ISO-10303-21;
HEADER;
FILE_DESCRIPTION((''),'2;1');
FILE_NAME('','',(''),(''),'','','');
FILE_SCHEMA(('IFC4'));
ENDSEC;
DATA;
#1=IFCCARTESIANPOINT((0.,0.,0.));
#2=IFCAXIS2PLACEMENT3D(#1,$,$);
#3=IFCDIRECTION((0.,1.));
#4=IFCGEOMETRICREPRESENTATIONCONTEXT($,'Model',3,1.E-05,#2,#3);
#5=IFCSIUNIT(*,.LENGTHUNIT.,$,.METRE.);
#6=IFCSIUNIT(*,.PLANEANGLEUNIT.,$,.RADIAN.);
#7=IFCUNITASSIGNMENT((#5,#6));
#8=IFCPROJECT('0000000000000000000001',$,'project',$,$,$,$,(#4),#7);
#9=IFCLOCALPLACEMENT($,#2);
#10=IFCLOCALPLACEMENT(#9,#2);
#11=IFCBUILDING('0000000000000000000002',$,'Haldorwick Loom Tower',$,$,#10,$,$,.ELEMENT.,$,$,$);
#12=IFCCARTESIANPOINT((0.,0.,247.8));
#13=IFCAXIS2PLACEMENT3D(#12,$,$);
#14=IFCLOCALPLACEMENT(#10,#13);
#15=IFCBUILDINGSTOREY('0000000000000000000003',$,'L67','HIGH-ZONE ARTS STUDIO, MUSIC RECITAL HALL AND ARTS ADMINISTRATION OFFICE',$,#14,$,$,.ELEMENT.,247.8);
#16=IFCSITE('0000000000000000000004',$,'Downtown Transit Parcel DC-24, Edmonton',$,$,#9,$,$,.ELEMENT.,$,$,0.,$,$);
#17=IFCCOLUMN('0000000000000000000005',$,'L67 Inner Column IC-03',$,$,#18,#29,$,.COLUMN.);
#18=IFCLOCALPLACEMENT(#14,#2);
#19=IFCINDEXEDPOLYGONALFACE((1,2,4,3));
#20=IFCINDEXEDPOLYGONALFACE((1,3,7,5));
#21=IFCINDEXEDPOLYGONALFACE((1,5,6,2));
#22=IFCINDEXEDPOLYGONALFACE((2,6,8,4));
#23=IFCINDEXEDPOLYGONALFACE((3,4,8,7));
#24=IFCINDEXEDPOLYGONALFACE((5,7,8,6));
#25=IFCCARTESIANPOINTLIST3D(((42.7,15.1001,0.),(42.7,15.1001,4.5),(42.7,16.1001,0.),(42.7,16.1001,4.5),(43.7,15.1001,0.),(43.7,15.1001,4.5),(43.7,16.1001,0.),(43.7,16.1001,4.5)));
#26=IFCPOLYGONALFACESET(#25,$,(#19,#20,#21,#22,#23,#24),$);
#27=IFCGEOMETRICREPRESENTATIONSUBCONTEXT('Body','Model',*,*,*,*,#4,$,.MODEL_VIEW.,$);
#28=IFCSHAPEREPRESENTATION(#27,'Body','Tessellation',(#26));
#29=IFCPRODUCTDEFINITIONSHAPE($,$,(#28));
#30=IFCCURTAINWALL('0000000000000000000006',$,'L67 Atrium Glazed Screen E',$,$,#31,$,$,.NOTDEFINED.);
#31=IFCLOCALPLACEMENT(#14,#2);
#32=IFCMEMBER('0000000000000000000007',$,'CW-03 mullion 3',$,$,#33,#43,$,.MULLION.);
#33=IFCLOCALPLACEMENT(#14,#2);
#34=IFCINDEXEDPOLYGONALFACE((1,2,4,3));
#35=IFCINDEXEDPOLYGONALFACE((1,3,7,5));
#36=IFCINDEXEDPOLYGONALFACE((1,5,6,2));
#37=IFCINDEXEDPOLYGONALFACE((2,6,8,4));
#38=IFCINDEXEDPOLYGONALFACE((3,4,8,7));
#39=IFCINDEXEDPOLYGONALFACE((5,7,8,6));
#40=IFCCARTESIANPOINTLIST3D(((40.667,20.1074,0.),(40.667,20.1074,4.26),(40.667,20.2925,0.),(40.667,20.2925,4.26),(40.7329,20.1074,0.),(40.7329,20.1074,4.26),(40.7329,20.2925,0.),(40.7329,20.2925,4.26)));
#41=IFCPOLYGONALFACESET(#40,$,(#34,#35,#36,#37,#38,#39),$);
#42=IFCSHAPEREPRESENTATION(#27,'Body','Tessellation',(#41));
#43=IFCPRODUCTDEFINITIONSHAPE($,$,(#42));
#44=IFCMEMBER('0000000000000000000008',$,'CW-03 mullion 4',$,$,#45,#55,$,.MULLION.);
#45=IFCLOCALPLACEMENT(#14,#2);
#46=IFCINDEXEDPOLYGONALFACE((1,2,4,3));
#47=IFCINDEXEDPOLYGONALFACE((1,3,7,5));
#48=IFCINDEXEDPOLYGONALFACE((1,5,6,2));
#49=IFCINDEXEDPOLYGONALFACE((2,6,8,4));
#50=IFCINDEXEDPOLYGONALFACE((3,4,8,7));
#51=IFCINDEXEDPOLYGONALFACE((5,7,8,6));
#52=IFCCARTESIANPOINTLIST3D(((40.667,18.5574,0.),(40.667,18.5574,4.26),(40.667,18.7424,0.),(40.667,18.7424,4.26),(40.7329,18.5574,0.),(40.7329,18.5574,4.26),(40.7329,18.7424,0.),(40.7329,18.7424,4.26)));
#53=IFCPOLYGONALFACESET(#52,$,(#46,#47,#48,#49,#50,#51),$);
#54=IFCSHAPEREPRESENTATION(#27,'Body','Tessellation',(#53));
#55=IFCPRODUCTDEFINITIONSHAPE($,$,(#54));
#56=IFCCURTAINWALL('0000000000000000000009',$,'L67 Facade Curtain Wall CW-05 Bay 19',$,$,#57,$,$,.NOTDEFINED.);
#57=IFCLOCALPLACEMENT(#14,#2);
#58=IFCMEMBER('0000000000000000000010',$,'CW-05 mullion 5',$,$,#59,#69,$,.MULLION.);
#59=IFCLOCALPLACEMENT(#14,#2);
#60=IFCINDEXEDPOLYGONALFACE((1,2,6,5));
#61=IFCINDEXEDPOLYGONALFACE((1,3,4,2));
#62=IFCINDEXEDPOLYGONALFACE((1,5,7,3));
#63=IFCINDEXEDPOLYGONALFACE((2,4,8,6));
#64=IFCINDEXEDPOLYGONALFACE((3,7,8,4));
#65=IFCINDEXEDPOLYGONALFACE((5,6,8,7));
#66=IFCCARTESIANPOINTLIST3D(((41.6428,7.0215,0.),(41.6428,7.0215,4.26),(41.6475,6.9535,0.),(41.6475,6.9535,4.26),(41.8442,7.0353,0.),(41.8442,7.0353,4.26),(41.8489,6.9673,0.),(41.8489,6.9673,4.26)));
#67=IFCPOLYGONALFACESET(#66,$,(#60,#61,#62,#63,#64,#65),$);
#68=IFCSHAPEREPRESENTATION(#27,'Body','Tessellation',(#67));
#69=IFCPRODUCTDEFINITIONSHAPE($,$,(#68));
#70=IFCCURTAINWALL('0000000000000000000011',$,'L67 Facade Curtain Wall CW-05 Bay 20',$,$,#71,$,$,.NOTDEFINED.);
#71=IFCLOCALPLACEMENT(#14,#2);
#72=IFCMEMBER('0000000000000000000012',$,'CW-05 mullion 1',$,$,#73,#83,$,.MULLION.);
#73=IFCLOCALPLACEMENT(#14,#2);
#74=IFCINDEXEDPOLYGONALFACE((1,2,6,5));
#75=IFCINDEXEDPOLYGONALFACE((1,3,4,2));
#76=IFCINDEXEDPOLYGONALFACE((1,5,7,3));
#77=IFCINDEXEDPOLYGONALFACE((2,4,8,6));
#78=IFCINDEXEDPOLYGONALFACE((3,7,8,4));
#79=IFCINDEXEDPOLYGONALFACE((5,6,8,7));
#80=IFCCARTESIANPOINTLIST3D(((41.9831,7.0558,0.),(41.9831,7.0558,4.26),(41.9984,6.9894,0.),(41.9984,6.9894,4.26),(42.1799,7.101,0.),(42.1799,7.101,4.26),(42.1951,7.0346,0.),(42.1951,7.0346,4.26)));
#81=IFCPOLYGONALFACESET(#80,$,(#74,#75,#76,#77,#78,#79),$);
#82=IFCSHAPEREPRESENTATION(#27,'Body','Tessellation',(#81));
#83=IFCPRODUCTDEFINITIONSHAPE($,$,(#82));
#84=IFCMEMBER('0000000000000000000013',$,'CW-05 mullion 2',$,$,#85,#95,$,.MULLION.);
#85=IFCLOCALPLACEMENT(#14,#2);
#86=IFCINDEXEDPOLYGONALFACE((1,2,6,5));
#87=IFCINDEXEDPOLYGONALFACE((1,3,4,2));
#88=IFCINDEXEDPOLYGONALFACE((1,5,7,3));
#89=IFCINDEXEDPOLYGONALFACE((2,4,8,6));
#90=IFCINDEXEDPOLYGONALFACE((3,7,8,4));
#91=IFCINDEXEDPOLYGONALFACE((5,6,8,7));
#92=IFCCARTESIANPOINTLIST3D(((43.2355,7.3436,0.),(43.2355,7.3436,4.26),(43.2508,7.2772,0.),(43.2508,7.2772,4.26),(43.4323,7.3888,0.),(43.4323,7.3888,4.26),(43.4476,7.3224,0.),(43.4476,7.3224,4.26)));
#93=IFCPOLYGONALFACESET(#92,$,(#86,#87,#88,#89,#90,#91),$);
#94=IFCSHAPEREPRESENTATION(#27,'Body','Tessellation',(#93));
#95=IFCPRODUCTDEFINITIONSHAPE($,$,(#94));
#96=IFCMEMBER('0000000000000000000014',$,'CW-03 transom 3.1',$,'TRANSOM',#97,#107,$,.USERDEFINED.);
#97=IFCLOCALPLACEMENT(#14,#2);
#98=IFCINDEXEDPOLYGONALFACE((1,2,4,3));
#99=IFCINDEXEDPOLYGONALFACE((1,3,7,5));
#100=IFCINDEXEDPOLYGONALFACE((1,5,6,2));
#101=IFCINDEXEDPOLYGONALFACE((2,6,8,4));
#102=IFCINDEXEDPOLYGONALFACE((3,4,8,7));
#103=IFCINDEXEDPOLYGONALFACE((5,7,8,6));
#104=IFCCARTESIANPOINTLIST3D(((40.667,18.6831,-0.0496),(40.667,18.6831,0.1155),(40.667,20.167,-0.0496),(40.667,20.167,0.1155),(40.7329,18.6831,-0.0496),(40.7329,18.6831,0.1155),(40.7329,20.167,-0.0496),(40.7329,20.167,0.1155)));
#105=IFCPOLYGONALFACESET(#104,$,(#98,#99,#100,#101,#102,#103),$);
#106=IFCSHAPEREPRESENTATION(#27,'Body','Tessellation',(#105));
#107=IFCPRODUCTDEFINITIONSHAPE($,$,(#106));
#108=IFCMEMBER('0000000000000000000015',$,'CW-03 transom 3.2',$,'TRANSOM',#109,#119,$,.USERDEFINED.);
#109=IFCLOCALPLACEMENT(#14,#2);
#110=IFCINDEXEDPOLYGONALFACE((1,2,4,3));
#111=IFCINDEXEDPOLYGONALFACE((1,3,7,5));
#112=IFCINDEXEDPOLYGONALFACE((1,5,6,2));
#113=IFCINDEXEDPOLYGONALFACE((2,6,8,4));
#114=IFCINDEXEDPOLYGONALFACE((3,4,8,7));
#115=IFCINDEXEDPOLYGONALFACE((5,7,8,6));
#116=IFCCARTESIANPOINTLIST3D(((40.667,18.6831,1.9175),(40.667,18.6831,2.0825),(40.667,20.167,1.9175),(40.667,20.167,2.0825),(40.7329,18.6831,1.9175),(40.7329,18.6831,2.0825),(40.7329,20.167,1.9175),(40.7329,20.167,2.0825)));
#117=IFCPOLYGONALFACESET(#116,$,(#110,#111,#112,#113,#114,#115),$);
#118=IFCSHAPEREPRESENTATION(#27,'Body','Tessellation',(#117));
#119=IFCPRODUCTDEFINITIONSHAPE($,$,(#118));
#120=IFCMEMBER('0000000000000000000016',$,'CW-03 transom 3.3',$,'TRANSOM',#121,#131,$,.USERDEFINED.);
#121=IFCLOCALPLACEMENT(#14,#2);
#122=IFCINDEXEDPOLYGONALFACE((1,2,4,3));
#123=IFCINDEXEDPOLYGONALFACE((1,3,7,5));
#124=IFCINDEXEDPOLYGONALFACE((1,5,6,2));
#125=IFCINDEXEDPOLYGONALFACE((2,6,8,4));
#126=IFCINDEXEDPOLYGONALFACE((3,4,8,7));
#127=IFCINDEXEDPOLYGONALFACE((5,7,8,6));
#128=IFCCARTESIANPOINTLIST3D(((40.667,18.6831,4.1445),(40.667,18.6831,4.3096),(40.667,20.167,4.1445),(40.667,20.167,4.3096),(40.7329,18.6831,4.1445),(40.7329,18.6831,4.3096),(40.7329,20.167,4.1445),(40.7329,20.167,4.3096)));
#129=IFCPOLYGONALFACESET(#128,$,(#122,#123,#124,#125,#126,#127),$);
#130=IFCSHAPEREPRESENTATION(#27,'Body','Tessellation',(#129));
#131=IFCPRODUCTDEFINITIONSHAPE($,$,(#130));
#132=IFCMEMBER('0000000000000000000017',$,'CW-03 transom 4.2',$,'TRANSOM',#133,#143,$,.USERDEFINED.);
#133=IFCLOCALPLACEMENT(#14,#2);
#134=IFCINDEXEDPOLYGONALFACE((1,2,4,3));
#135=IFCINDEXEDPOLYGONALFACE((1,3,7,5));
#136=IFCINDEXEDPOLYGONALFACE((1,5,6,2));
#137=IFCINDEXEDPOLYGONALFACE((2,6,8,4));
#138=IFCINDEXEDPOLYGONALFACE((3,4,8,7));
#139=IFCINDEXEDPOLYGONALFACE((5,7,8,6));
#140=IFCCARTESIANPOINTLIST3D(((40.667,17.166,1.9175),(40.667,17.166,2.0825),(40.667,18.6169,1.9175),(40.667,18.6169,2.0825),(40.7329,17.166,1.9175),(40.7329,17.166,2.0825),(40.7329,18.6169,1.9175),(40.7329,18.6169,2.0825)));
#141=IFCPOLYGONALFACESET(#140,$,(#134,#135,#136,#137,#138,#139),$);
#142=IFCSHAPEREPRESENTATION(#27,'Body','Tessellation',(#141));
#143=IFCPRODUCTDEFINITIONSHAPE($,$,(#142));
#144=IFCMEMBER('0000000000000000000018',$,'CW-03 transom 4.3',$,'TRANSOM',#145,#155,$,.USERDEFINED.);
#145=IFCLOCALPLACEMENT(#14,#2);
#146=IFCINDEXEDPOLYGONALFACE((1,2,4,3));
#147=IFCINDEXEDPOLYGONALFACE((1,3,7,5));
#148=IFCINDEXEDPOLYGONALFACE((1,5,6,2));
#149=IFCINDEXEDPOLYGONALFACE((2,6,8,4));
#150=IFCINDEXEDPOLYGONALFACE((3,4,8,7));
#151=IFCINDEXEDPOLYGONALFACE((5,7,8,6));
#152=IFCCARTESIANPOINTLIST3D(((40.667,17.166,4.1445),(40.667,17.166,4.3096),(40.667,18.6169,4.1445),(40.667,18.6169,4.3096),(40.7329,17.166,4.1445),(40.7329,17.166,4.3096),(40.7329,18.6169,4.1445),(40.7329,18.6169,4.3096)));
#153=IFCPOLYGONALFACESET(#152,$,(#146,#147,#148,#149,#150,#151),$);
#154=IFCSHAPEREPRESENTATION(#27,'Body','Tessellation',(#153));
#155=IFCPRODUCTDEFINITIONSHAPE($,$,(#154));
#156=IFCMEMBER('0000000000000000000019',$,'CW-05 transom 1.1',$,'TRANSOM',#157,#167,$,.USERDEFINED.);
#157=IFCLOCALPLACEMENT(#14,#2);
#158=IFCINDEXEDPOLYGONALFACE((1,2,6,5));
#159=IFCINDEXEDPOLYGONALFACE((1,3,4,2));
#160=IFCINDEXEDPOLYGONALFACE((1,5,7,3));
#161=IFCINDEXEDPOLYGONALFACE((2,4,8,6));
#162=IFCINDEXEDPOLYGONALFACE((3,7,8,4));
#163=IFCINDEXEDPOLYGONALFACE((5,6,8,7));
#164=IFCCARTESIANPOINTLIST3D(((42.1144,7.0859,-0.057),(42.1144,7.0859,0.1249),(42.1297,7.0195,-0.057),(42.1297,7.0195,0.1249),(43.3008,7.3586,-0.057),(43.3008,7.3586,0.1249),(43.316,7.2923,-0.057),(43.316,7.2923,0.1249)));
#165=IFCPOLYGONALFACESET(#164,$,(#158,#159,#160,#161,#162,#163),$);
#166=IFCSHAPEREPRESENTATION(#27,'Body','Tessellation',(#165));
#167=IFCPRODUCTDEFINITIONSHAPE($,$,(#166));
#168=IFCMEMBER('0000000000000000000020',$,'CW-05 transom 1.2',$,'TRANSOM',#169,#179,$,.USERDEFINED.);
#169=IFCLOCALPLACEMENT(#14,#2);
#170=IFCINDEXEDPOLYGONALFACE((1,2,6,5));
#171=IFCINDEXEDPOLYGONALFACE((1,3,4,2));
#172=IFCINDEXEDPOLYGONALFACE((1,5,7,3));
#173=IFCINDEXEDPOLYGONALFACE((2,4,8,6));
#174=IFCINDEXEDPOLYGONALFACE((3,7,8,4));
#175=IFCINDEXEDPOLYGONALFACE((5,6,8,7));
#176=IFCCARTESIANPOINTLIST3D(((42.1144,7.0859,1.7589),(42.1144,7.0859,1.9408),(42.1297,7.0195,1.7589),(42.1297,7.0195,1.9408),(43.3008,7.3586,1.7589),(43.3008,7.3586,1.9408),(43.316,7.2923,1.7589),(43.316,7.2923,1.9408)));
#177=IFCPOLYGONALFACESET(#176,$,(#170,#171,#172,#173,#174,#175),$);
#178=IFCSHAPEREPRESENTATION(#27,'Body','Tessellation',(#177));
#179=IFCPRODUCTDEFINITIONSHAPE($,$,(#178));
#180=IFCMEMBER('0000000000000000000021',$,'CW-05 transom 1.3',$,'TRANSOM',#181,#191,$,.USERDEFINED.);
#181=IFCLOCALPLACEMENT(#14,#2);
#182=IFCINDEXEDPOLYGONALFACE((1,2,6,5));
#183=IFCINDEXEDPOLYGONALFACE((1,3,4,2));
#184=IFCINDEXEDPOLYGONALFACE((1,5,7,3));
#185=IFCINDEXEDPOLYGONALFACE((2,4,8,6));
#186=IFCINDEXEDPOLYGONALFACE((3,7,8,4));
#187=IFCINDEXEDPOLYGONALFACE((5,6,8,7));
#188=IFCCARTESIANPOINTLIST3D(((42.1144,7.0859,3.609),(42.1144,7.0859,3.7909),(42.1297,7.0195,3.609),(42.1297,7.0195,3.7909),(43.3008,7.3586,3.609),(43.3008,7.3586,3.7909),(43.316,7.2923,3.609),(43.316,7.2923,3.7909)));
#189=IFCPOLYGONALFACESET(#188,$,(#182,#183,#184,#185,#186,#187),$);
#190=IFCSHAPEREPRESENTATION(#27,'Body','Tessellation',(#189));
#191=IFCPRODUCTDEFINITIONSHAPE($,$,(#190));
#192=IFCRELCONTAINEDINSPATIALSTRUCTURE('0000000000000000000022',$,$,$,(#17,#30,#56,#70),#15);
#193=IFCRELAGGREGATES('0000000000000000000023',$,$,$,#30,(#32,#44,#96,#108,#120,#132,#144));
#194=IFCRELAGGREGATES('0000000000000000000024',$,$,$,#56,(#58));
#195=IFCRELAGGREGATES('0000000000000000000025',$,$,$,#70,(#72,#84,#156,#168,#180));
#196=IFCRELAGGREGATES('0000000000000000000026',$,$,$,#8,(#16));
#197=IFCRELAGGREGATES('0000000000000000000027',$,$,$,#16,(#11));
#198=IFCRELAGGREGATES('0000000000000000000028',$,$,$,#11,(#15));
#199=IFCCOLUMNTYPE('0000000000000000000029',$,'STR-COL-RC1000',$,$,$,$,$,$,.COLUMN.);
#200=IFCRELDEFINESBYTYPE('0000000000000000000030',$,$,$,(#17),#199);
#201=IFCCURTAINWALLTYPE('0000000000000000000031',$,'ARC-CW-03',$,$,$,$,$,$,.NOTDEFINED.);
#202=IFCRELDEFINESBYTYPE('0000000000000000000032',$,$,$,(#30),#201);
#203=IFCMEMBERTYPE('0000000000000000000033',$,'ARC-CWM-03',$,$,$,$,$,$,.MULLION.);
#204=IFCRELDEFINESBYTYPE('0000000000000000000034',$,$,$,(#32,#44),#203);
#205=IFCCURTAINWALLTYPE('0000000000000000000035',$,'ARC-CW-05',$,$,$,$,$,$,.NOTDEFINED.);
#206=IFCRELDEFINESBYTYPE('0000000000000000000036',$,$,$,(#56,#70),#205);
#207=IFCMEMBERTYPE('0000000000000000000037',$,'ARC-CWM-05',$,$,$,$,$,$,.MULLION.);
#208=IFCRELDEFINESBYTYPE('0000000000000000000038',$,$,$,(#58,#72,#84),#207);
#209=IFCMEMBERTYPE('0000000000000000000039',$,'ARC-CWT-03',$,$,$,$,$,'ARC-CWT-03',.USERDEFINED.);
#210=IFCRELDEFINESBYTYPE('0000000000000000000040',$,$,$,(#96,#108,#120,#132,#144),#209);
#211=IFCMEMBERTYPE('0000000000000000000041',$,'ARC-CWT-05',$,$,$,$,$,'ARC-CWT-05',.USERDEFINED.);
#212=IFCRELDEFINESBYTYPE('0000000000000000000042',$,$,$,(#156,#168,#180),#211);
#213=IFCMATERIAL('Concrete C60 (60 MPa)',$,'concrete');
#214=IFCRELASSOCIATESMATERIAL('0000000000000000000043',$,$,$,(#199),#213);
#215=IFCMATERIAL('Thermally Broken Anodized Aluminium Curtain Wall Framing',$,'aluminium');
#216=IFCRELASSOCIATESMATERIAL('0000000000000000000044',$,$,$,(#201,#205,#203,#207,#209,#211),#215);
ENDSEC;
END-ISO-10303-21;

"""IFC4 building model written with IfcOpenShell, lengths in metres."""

from ifc_helpers import new_model, si_unit, direction, frame, origin, origin_2d, place, context, subcontext, project, spatial, rectangle, extrude, material, material_profile, profile_set, type_object, element, aggregate, save


model = new_model("IFC4")

# Units and contexts
model_context = context("Model", 3, precision=1e-05, world=origin(), true_north=direction((0.0, 1.0)))
body_context = subcontext(model_context, "Body", "Model", "MODEL_VIEW")
ifc_project = project(units=[si_unit("LENGTHUNIT", "METRE"), si_unit("PLANEANGLEUNIT", "RADIAN")], contexts=[model_context])

# Site, building, storey
site_placement = place(None, origin())
site = spatial("IfcSite", under=ifc_project, at=site_placement, Name="Downtown Transit Parcel DC-24, Edmonton", CompositionType="ELEMENT", RefElevation=0.0)
building_placement = place(site_placement, origin())
building = spatial("IfcBuilding", under=site, at=building_placement, Name="Haldorwick Loom Tower", CompositionType="ELEMENT")
storey_placement = place(building_placement, frame((0.0, 0.0, 247.8)))
storey = spatial("IfcBuildingStorey", under=building, at=storey_placement, Name="L67", Description="HIGH-ZONE ARTS STUDIO, MUSIC RECITAL HALL AND ARTS ADMINISTRATION OFFICE", CompositionType="ELEMENT", Elevation=247.8)

# Column
ifc_material_1 = material(Name="Concrete C60 (60 MPa)", Category="concrete")
ifc_material_profile_1 = material_profile(ifc_material_1, rectangle(XDim=1.0, YDim=1.0, at=origin_2d()), Name="RC1000X1000", Category="concrete")
ifc_profile_set_1 = profile_set([ifc_material_profile_1], Name="Concrete C60 (60 MPa)")
column_type = type_object("IfcColumnType", Name="STR-COL-RC1000", PredefinedType="COLUMN", material=ifc_profile_set_1)
column_placement = place(storey_placement, frame((43.2, 15.6001, 0.0), z_axis=(0.0, 0.0, 1.0), x_axis=(1.0, 0.0, 0.0)))
element("IfcColumn", 1, at=column_placement, inside=storey, type_object=column_type, Name="L67 Inner Column IC-03", PredefinedType="COLUMN", context=body_context, shape_type="SweptSolid", body=[
    extrude(rectangle(XDim=1.0, YDim=1.0, at=origin_2d()), origin(), (0.0, 0.0, 1.0), 4.5),
])

# Curtain wall, members
ifc_material_2 = material(Name="Thermally Broken Anodized Aluminium Curtain Wall Framing", Category="aluminium")
curtain_wall_type_1 = type_object("IfcCurtainWallType", Name="ARC-CW-03", PredefinedType="NOTDEFINED", material=ifc_material_2)
curtain_wall_1_placement = place(storey_placement, origin())
curtain_wall_1 = element("IfcCurtainWall", 2, at=curtain_wall_1_placement, inside=storey, type_object=curtain_wall_type_1, Name="L67 Atrium Glazed Screen E", PredefinedType="NOTDEFINED")
ifc_material_profile_2 = material_profile(ifc_material_2, rectangle(XDim=0.0659, YDim=0.1851, at=origin_2d()), Name="ALU_MUL_66X185", Category="aluminium")
ifc_profile_set_2 = profile_set([ifc_material_profile_2], Name="Thermally Broken Anodized Aluminium Curtain Wall Framing")
member_type_1 = type_object("IfcMemberType", Name="ARC-CWM-03", PredefinedType="MULLION", material=ifc_profile_set_2)
member_1_placement = place(storey_placement, frame((40.7, 20.2, 0.0), z_axis=(0.0, 0.0, 1.0), x_axis=(1.0, 0.0, 0.0)))
member_1 = element("IfcMember", 3, at=member_1_placement, type_object=member_type_1, Name="CW-03 mullion 3", PredefinedType="MULLION", context=body_context, shape_type="SweptSolid", body=[
    extrude(rectangle(XDim=0.0659, YDim=0.1851, at=origin_2d()), origin(), (0.0, 0.0, 1.0), 4.26),
])
member_2_placement = place(storey_placement, frame((40.7, 18.6499, 0.0), z_axis=(0.0, 0.0, 1.0), x_axis=(1.0, 0.0, 0.0)))
member_2 = element("IfcMember", 4, at=member_2_placement, type_object=member_type_1, Name="CW-03 mullion 4", PredefinedType="MULLION", context=body_context, shape_type="SweptSolid", body=[
    extrude(rectangle(XDim=0.0659, YDim=0.1851, at=origin_2d()), origin(), (0.0, 0.0, 1.0), 4.26),
])

# Curtain wall, member
curtain_wall_type_2 = type_object("IfcCurtainWallType", Name="ARC-CW-05", PredefinedType="NOTDEFINED", material=ifc_material_2)
curtain_wall_2_placement = place(storey_placement, origin())
curtain_wall_2 = element("IfcCurtainWall", 5, at=curtain_wall_2_placement, inside=storey, type_object=curtain_wall_type_2, Name="L67 Facade Curtain Wall CW-05 Bay 19", PredefinedType="NOTDEFINED")
ifc_material_profile_3 = material_profile(ifc_material_2, rectangle(XDim=0.0681, YDim=0.2019, at=origin_2d()), Name="ALU_MUL_68X202", Category="aluminium")
ifc_profile_set_3 = profile_set([ifc_material_profile_3], Name="Thermally Broken Anodized Aluminium Curtain Wall Framing")
member_type_2 = type_object("IfcMemberType", Name="ARC-CWM-05", PredefinedType="MULLION", material=ifc_profile_set_3)
member_3_placement = place(storey_placement, frame((41.7458, 6.9944, 0.0), z_axis=(0.0, 0.0, 1.0), x_axis=(-0.068454, 0.997654, 0.0)))
member_3 = element("IfcMember", 6, at=member_3_placement, type_object=member_type_2, Name="CW-05 mullion 5", PredefinedType="MULLION", context=body_context, shape_type="SweptSolid", body=[
    extrude(rectangle(XDim=0.0681, YDim=0.2019, at=origin_2d()), origin(), (0.0, 0.0, 1.0), 4.26),
])

# Curtain wall, members
curtain_wall_3_placement = place(storey_placement, origin())
curtain_wall_3 = element("IfcCurtainWall", 7, at=curtain_wall_3_placement, inside=storey, type_object=curtain_wall_type_2, Name="L67 Facade Curtain Wall CW-05 Bay 20", PredefinedType="NOTDEFINED")
member_4_placement = place(storey_placement, frame((42.0891, 7.0452, 0.0), z_axis=(0.0, 0.0, 1.0), x_axis=(-0.223949, 0.974601, 0.0)))
member_4 = element("IfcMember", 8, at=member_4_placement, type_object=member_type_2, Name="CW-05 mullion 1", PredefinedType="MULLION", context=body_context, shape_type="SweptSolid", body=[
    extrude(rectangle(XDim=0.0681, YDim=0.2019, at=origin_2d()), origin(), (0.0, 0.0, 1.0), 4.26),
])
member_5_placement = place(storey_placement, frame((43.3416, 7.333, 0.0), z_axis=(0.0, 0.0, 1.0), x_axis=(-0.223949, 0.974601, 0.0)))
member_5 = element("IfcMember", 9, at=member_5_placement, type_object=member_type_2, Name="CW-05 mullion 2", PredefinedType="MULLION", context=body_context, shape_type="SweptSolid", body=[
    extrude(rectangle(XDim=0.0681, YDim=0.2019, at=origin_2d()), origin(), (0.0, 0.0, 1.0), 4.26),
])

# Members
ifc_material_profile_4 = material_profile(ifc_material_2, rectangle(XDim=0.0659, YDim=0.165, at=origin_2d()), Name="ALU_TRN_66X165", Category="aluminium")
ifc_profile_set_4 = profile_set([ifc_material_profile_4], Name="Thermally Broken Anodized Aluminium Curtain Wall Framing")
member_type_3 = type_object("IfcMemberType", Name="ARC-CWT-03", ElementType="ARC-CWT-03", PredefinedType="USERDEFINED", material=ifc_profile_set_4)
member_6_placement = place(storey_placement, frame((40.7, 20.167, 0.033), z_axis=(0.0, -1.0, 0.0), x_axis=(1.0, 0.0, 0.0)))
member_6 = element("IfcMember", 10, at=member_6_placement, type_object=member_type_3, Name="CW-03 transom 3.1", ObjectType="TRANSOM", PredefinedType="USERDEFINED", context=body_context, shape_type="SweptSolid", body=[
    extrude(rectangle(XDim=0.0659, YDim=0.165, at=origin_2d()), origin(), (0.0, 0.0, 1.0), 1.4839),
])
member_7_placement = place(storey_placement, frame((40.7, 20.167, 2.0), z_axis=(0.0, -1.0, 0.0), x_axis=(1.0, 0.0, 0.0)))
member_7 = element("IfcMember", 11, at=member_7_placement, type_object=member_type_3, Name="CW-03 transom 3.2", ObjectType="TRANSOM", PredefinedType="USERDEFINED", context=body_context, shape_type="SweptSolid", body=[
    extrude(rectangle(XDim=0.0659, YDim=0.165, at=origin_2d()), origin(), (0.0, 0.0, 1.0), 1.4839),
])
member_8_placement = place(storey_placement, frame((40.7, 20.167, 4.2271), z_axis=(0.0, -1.0, 0.0), x_axis=(1.0, 0.0, 0.0)))
member_8 = element("IfcMember", 12, at=member_8_placement, type_object=member_type_3, Name="CW-03 transom 3.3", ObjectType="TRANSOM", PredefinedType="USERDEFINED", context=body_context, shape_type="SweptSolid", body=[
    extrude(rectangle(XDim=0.0659, YDim=0.165, at=origin_2d()), origin(), (0.0, 0.0, 1.0), 1.4839),
])
member_9_placement = place(storey_placement, frame((40.7, 18.6169, 2.0), z_axis=(0.0, -1.0, 0.0), x_axis=(1.0, 0.0, 0.0)))
member_9 = element("IfcMember", 13, at=member_9_placement, type_object=member_type_3, Name="CW-03 transom 4.2", ObjectType="TRANSOM", PredefinedType="USERDEFINED", context=body_context, shape_type="SweptSolid", body=[
    extrude(rectangle(XDim=0.0659, YDim=0.165, at=origin_2d()), origin(), (0.0, 0.0, 1.0), 1.4509),
])
member_10_placement = place(storey_placement, frame((40.7, 18.6169, 4.2271), z_axis=(0.0, -1.0, 0.0), x_axis=(1.0, 0.0, 0.0)))
member_10 = element("IfcMember", 14, at=member_10_placement, type_object=member_type_3, Name="CW-03 transom 4.3", ObjectType="TRANSOM", PredefinedType="USERDEFINED", context=body_context, shape_type="SweptSolid", body=[
    extrude(rectangle(XDim=0.0659, YDim=0.165, at=origin_2d()), origin(), (0.0, 0.0, 1.0), 1.4509),
])
ifc_material_profile_5 = material_profile(ifc_material_2, rectangle(XDim=0.0681, YDim=0.1819, at=origin_2d()), Name="ALU_TRN_68X182", Category="aluminium")
ifc_profile_set_5 = profile_set([ifc_material_profile_5], Name="Thermally Broken Anodized Aluminium Curtain Wall Framing")
member_type_4 = type_object("IfcMemberType", Name="ARC-CWT-05", ElementType="ARC-CWT-05", PredefinedType="USERDEFINED", material=ifc_profile_set_5)
member_11_placement = place(storey_placement, frame((42.1221, 7.0527, 0.0339), z_axis=(0.97458, 0.224039, 0.0), x_axis=(-0.224039, 0.97458, 0.0)))
member_11 = element("IfcMember", 15, at=member_11_placement, type_object=member_type_4, Name="CW-05 transom 1.1", ObjectType="TRANSOM", PredefinedType="USERDEFINED", context=body_context, shape_type="SweptSolid", body=[
    extrude(rectangle(XDim=0.0681, YDim=0.1819, at=origin_2d()), origin(), (0.0, 0.0, 1.0), 1.2173),
])
member_12_placement = place(storey_placement, frame((42.1221, 7.0527, 1.8499), z_axis=(0.97458, 0.224039, 0.0), x_axis=(-0.224039, 0.97458, 0.0)))
member_12 = element("IfcMember", 16, at=member_12_placement, type_object=member_type_4, Name="CW-05 transom 1.2", ObjectType="TRANSOM", PredefinedType="USERDEFINED", context=body_context, shape_type="SweptSolid", body=[
    extrude(rectangle(XDim=0.0681, YDim=0.1819, at=origin_2d()), origin(), (0.0, 0.0, 1.0), 1.2173),
])
member_13_placement = place(storey_placement, frame((42.1221, 7.0527, 3.7), z_axis=(0.97458, 0.224039, 0.0), x_axis=(-0.224039, 0.97458, 0.0)))
member_13 = element("IfcMember", 17, at=member_13_placement, type_object=member_type_4, Name="CW-05 transom 1.3", ObjectType="TRANSOM", PredefinedType="USERDEFINED", context=body_context, shape_type="SweptSolid", body=[
    extrude(rectangle(XDim=0.0681, YDim=0.1819, at=origin_2d()), origin(), (0.0, 0.0, 1.0), 1.2173),
])

aggregate(curtain_wall_1, [member_1, member_2, member_6, member_7, member_8, member_9, member_10])
aggregate(curtain_wall_2, [member_3])
aggregate(curtain_wall_3, [member_4, member_5, member_11, member_12, member_13])

save(model, "model.ifc")
